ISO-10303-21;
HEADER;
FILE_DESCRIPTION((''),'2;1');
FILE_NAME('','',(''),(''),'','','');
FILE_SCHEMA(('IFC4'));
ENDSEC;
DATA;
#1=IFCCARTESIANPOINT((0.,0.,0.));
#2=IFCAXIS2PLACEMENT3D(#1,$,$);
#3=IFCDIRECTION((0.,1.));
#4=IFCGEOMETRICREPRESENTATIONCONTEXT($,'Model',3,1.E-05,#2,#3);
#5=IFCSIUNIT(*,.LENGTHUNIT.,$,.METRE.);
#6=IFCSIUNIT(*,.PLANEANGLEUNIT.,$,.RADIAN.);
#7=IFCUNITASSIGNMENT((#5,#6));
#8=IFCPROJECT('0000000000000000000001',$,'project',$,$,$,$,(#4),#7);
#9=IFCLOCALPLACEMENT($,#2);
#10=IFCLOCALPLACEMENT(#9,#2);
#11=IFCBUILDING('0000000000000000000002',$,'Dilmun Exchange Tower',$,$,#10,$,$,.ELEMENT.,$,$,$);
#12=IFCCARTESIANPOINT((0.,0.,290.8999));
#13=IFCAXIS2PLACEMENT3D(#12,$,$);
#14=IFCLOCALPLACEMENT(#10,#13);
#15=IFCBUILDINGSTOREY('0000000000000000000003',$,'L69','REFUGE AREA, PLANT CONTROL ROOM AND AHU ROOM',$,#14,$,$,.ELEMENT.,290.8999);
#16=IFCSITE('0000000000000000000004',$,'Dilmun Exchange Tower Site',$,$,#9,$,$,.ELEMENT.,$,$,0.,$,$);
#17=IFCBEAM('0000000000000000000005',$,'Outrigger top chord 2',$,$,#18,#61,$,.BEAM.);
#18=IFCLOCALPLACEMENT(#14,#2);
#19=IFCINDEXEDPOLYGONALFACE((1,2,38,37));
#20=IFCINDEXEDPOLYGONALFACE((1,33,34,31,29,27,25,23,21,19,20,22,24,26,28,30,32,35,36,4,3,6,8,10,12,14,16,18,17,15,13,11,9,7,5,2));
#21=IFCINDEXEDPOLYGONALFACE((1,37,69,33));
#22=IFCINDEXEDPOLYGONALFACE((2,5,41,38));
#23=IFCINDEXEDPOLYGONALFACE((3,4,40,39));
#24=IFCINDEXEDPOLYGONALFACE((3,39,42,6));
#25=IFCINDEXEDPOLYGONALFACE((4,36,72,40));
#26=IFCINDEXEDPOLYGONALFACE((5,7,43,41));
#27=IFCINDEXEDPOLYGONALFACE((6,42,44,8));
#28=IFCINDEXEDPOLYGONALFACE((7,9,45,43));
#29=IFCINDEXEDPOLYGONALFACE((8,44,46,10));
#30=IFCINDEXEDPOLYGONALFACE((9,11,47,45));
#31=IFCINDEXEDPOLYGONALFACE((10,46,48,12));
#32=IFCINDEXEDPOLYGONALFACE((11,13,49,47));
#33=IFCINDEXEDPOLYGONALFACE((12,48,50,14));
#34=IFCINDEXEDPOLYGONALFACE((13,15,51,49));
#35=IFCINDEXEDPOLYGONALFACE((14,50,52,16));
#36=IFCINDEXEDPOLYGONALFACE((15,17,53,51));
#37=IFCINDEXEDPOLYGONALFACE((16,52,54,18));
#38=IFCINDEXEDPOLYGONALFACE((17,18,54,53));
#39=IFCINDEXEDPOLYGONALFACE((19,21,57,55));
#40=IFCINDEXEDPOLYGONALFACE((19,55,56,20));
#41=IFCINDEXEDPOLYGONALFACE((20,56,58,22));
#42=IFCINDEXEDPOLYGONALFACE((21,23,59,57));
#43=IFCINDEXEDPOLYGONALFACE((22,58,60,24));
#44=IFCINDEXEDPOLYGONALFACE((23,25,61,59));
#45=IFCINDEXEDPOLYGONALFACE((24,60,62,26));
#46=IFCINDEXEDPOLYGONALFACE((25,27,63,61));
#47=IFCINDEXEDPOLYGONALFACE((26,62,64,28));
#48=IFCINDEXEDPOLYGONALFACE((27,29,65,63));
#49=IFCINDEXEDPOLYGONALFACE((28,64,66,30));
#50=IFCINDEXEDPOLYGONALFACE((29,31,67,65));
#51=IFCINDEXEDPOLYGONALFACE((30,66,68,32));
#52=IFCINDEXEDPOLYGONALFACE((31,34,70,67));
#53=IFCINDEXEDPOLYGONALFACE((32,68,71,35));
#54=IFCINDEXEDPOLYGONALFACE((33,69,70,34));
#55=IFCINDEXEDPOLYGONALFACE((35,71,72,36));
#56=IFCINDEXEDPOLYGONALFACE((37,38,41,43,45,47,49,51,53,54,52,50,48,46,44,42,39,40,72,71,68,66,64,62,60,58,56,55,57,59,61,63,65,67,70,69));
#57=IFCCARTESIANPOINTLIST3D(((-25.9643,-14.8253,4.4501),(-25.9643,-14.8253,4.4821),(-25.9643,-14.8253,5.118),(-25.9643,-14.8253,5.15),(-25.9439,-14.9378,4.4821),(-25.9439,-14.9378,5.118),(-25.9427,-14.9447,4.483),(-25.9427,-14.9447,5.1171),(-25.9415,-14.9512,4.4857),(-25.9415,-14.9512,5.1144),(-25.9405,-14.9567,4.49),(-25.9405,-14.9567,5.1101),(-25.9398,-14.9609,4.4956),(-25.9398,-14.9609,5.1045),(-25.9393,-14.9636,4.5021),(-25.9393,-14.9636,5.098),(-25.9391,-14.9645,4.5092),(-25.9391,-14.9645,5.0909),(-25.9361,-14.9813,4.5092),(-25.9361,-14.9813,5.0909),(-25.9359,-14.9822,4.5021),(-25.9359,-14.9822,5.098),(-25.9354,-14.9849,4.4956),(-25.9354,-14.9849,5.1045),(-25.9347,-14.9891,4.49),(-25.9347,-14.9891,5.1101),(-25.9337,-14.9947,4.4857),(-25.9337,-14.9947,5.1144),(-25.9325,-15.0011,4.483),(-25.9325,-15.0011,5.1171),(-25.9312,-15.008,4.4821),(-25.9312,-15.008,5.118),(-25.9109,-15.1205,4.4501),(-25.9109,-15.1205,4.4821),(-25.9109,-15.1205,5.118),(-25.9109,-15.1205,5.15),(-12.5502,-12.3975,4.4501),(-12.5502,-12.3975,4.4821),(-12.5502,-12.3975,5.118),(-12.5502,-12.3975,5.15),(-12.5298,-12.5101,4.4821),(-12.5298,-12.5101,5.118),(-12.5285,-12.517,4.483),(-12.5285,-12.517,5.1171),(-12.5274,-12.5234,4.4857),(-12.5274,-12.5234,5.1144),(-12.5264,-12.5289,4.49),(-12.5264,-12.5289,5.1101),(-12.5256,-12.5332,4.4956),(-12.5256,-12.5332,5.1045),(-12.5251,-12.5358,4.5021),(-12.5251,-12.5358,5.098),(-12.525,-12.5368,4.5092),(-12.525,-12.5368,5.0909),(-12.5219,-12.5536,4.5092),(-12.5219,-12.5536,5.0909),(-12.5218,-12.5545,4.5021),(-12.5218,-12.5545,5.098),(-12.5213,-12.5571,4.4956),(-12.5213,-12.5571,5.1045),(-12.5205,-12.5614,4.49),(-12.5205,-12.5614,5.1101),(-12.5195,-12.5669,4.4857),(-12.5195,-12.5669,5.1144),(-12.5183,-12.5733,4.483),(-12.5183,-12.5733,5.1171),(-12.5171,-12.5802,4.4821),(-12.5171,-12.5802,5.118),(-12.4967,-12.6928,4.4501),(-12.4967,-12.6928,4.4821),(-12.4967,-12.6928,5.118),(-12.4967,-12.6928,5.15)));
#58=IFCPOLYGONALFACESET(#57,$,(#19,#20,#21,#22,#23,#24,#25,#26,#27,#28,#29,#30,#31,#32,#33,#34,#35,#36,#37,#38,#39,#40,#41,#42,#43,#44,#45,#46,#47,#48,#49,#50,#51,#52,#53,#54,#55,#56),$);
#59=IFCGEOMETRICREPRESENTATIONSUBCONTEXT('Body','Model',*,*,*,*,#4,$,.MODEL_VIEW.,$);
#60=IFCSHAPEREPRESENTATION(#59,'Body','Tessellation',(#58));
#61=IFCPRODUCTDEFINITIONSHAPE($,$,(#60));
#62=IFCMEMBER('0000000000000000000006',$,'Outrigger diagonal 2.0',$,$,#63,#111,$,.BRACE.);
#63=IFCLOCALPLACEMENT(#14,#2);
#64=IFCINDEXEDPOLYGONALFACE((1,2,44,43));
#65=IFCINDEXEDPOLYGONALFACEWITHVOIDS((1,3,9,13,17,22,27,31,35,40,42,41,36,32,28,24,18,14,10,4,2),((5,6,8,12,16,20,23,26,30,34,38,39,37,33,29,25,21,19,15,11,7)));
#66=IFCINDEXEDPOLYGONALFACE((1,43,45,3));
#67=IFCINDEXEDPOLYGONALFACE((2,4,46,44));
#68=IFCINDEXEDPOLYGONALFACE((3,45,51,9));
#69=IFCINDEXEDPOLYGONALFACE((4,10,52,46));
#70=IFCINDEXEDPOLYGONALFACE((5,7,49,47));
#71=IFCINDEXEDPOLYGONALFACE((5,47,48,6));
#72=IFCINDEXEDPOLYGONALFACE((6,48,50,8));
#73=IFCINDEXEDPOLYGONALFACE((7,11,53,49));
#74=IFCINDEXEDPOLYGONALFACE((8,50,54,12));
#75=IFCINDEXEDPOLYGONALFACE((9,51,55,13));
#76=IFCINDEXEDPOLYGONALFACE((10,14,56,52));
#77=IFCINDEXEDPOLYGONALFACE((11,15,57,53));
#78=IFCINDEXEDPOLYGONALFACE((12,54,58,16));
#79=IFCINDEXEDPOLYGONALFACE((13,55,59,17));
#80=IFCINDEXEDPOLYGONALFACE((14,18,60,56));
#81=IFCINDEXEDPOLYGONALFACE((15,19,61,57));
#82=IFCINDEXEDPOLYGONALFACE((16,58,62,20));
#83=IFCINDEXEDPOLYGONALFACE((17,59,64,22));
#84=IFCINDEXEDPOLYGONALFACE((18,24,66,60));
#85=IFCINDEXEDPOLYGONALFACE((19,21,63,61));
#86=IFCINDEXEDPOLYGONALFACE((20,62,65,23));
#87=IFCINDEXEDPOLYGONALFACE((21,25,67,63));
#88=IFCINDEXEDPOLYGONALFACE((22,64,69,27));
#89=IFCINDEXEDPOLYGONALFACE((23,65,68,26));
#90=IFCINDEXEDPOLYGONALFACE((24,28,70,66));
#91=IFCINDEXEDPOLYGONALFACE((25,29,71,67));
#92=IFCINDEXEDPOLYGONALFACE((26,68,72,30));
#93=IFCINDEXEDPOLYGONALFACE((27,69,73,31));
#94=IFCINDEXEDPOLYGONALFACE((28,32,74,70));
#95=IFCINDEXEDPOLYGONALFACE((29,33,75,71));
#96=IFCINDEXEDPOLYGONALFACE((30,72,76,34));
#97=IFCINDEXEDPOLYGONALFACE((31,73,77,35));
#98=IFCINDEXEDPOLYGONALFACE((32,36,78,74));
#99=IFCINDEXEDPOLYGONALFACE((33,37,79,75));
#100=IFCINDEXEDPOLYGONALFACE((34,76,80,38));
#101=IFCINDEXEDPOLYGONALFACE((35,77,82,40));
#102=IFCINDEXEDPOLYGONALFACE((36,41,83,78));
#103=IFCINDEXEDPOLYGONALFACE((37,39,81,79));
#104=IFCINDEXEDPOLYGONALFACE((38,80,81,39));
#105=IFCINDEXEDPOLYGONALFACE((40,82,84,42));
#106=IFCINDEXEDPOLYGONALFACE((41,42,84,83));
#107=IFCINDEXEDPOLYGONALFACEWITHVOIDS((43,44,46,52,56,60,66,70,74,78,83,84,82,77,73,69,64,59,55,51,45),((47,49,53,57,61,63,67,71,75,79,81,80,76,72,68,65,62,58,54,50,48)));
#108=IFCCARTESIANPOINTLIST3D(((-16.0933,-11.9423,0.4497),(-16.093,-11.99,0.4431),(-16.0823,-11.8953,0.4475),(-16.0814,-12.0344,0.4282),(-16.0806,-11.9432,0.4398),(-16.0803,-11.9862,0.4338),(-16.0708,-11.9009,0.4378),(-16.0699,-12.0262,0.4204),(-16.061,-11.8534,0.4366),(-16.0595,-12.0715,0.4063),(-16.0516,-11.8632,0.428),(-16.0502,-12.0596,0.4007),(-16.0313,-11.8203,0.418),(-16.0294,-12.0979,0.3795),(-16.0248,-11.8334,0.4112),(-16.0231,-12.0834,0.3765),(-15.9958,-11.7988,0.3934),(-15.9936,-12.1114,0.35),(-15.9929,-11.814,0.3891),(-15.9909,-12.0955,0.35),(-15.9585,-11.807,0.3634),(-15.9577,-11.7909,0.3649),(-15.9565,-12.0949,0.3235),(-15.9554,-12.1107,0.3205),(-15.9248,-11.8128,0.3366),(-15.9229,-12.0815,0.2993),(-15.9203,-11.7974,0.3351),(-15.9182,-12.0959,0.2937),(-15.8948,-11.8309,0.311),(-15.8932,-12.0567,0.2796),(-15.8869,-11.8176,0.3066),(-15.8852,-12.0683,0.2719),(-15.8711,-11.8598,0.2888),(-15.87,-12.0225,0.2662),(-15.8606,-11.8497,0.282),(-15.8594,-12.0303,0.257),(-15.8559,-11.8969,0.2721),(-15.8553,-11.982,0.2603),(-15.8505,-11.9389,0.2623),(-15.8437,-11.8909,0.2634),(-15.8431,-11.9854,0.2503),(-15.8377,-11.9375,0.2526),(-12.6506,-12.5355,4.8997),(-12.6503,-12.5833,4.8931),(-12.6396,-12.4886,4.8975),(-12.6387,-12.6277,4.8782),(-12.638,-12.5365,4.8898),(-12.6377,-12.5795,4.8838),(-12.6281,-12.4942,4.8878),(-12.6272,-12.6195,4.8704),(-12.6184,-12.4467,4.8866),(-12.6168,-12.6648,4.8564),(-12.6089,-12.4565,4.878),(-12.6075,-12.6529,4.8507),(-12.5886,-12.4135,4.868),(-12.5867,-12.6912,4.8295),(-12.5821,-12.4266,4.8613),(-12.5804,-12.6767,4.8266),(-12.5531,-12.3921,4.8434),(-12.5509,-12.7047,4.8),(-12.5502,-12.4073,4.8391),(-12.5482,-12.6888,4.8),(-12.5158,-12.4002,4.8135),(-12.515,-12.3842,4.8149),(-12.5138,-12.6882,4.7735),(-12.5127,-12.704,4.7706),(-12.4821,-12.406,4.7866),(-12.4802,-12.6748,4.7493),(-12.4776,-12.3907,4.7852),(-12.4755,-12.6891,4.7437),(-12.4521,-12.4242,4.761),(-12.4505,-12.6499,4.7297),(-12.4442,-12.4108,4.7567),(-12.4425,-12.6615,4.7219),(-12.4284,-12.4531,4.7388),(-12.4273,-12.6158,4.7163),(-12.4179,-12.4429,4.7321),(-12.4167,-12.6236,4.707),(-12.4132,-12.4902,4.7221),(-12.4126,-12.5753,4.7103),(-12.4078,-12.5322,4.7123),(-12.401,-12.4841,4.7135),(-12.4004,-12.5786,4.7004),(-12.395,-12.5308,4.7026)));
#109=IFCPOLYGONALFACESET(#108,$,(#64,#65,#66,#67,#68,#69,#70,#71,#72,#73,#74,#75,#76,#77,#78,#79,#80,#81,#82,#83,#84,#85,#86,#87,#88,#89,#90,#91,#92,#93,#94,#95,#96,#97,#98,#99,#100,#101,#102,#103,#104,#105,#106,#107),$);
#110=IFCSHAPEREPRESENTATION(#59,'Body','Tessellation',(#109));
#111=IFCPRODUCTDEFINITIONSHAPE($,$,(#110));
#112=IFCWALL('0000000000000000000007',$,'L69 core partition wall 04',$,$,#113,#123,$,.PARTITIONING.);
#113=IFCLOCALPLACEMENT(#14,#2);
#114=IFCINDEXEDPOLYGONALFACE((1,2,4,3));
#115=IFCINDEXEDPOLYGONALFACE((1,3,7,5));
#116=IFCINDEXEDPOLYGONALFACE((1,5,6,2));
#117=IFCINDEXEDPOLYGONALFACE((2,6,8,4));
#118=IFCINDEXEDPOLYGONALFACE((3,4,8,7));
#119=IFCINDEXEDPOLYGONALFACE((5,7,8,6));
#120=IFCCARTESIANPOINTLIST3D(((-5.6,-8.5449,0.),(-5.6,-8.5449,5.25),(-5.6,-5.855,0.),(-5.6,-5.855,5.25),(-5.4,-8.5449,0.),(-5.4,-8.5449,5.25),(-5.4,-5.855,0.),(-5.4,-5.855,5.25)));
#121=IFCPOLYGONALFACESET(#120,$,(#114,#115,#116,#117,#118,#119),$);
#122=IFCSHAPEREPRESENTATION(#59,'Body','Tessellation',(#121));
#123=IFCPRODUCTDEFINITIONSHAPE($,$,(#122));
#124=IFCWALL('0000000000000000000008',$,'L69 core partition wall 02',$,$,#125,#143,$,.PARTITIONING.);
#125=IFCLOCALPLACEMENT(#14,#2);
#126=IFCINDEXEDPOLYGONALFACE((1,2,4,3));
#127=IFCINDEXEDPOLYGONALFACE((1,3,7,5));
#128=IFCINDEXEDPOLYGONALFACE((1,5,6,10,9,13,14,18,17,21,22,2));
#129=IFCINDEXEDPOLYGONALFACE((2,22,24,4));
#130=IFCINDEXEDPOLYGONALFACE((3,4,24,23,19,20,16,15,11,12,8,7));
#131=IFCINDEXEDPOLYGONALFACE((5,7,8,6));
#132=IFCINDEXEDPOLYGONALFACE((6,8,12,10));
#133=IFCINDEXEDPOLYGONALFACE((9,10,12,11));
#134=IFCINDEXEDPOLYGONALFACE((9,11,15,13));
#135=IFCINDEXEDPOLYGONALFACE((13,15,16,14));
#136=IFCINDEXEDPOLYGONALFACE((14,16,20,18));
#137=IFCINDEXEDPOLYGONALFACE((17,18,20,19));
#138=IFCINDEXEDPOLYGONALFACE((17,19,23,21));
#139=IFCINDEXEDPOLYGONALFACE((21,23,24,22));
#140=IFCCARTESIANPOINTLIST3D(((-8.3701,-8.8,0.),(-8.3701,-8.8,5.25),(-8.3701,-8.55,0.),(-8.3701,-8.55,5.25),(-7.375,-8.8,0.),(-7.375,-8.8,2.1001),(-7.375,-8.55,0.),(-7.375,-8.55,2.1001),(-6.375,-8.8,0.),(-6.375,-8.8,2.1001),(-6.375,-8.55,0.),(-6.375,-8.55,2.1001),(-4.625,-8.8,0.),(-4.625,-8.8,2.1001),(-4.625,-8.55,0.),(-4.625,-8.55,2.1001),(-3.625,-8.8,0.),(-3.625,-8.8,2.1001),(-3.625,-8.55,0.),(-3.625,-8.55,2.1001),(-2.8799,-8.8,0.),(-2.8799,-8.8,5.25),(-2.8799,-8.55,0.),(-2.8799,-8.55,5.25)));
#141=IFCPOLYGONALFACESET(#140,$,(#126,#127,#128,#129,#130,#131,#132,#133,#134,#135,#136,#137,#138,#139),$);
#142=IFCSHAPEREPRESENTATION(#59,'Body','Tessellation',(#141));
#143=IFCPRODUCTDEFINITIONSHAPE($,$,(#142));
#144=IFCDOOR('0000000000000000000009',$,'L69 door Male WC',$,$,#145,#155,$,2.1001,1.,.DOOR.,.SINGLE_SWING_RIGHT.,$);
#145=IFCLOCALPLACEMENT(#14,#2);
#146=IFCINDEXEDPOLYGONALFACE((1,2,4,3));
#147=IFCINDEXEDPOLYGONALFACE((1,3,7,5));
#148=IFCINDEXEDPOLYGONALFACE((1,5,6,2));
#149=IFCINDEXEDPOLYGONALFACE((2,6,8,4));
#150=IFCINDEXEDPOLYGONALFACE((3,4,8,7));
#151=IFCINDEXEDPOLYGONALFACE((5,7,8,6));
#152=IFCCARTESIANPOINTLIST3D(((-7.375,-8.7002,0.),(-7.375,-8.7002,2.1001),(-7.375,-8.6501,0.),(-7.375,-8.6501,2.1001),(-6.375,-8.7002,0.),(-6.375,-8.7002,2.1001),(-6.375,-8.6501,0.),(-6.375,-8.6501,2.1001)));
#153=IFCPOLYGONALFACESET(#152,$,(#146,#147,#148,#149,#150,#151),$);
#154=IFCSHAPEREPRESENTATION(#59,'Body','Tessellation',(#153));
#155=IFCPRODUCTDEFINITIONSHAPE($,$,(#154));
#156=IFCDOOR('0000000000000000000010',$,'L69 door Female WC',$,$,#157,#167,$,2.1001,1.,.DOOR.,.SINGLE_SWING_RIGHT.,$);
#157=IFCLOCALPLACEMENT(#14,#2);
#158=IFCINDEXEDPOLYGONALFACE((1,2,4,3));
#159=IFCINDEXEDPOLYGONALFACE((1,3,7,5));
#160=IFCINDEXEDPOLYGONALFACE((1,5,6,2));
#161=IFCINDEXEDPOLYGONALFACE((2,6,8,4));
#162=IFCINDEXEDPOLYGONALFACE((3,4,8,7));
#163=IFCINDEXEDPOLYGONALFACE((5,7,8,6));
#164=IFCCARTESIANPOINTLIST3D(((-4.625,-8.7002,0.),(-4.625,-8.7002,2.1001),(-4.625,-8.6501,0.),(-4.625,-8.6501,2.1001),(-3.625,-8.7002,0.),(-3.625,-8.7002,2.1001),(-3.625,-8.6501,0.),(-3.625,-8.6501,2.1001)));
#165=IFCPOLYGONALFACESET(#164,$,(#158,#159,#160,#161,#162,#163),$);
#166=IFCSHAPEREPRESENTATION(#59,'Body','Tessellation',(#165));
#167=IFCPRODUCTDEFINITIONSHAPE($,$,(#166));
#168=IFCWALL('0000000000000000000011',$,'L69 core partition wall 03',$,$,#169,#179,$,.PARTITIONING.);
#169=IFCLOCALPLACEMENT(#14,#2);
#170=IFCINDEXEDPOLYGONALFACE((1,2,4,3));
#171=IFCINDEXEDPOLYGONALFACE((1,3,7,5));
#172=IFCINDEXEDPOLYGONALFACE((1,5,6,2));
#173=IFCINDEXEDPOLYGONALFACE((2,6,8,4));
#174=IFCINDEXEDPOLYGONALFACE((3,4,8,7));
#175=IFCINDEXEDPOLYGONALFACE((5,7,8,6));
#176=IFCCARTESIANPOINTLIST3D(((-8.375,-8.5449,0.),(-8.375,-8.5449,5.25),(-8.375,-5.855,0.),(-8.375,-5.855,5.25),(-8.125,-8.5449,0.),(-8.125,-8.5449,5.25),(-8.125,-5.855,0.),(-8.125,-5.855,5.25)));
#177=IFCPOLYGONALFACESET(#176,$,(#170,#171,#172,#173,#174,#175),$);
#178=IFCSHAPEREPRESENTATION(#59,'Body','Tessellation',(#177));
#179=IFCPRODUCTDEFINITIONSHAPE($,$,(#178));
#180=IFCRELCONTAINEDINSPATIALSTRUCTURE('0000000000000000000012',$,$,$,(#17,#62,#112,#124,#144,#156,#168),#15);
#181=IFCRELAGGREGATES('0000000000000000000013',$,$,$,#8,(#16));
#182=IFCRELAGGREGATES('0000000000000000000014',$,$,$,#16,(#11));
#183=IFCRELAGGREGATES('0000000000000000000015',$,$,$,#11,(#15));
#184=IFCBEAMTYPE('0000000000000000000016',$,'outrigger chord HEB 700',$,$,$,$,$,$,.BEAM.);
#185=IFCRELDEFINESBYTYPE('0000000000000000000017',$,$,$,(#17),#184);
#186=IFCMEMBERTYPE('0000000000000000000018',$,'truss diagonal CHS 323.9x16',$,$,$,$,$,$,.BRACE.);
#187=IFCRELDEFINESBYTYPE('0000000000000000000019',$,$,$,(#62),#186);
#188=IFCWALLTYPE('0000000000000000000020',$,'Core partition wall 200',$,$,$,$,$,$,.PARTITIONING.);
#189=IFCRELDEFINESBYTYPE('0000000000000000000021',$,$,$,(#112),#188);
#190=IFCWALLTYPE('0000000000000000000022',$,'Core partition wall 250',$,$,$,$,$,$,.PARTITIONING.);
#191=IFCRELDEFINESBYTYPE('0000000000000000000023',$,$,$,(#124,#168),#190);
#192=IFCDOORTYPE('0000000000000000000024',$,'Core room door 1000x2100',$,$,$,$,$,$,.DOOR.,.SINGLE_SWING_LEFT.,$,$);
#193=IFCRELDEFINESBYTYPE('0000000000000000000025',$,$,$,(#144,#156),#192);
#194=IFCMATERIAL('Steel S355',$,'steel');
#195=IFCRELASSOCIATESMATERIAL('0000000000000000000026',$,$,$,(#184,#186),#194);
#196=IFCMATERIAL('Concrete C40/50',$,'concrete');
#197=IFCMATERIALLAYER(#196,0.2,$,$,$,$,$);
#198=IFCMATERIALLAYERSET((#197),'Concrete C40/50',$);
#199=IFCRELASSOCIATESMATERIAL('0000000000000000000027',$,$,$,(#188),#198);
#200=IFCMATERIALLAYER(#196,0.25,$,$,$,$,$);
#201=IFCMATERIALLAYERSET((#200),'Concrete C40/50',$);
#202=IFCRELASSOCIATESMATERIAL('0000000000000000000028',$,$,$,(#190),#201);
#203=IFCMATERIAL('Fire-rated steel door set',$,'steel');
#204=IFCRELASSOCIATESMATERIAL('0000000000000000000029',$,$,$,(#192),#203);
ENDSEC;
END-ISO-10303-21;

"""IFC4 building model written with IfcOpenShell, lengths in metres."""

from ifc_helpers import new_model, si_unit, direction, frame, frame_2d, origin, origin_2d, place, context, subcontext, project, spatial, rectangle, hollow_circle, i_section, extrude, material, layer, layer_set, material_profile, profile_set, type_object, element, fill, save


model = new_model("IFC4")

# Units and contexts
model_context = context("Model", 3, precision=1e-05, world=origin(), true_north=direction((0.0, 1.0)))
body_context = subcontext(model_context, "Body", "Model", "MODEL_VIEW")
ifc_project = project(units=[si_unit("LENGTHUNIT", "METRE"), si_unit("PLANEANGLEUNIT", "RADIAN")], contexts=[model_context])

# Site, building, storey
site_placement = place(None, origin())
site = spatial("IfcSite", under=ifc_project, at=site_placement, Name="Dilmun Exchange Tower Site", CompositionType="ELEMENT", RefElevation=0.0)
building_placement = place(site_placement, origin())
building = spatial("IfcBuilding", under=site, at=building_placement, Name="Dilmun Exchange Tower", CompositionType="ELEMENT")
storey_placement = place(building_placement, frame((0.0, 0.0, 290.8999)))
storey = spatial("IfcBuildingStorey", under=building, at=storey_placement, Name="L69", Description="REFUGE AREA, PLANT CONTROL ROOM AND AHU ROOM", CompositionType="ELEMENT", Elevation=290.8999)

# Beam
ifc_material_1 = material(Name="Steel S355", Category="steel")
ifc_material_profile_1 = material_profile(ifc_material_1, i_section(OverallWidth=0.3, OverallDepth=0.7, WebThickness=0.0171, FlangeThickness=0.032, FilletRadius=0.0271, at=origin_2d()), Name="HEB 700")
ifc_profile_set_1 = profile_set([ifc_material_profile_1], Name="Steel S355")
beam_type = type_object("IfcBeamType", Name="outrigger chord HEB 700", PredefinedType="BEAM", material=ifc_profile_set_1)
beam_placement = place(storey_placement, frame((-12.5234, -12.5452, 4.8), z_axis=(-0.984014, -0.178091, 0.0), x_axis=(0.178091, -0.984014, 0.0)))
element("IfcBeam", 1, at=beam_placement, inside=storey, type_object=beam_type, Name="Outrigger top chord 2", PredefinedType="BEAM", context=body_context, shape_type="SweptSolid", body=[
    extrude(i_section(OverallWidth=0.3, OverallDepth=0.7, WebThickness=0.0171, FlangeThickness=0.032, FilletRadius=0.0271, at=origin_2d()), origin(), (0.0, 0.0, 1.0), 13.6321),
])

# Member
ifc_material_profile_2 = material_profile(ifc_material_1, hollow_circle(Radius=0.1619, WallThickness=0.0161, at=origin_2d()), Name="CHS 323.9x16")
ifc_profile_set_2 = profile_set([ifc_material_profile_2], Name="Steel S355")
member_type = type_object("IfcMemberType", Name="truss diagonal CHS 323.9x16", PredefinedType="BRACE", material=ifc_profile_set_2)
member_placement = place(storey_placement, frame((-12.5234, -12.5452, 4.8), z_axis=(-0.608522, 0.104865, -0.786578), x_axis=(-0.169825, -0.985474, 0.0)))
element("IfcMember", 2, at=member_placement, inside=storey, type_object=member_type, Name="Outrigger diagonal 2.0", PredefinedType="BRACE", context=body_context, shape_type="SweptSolid", body=[
    extrude(hollow_circle(Radius=0.1619, WallThickness=0.0161, at=origin_2d()), origin(), (0.0, 0.0, 1.0), 5.6575),
])

# Wall
ifc_material_2 = material(Name="Concrete C40/50", Category="concrete")
ifc_layer_1 = layer(ifc_material_2, 0.2)
ifc_layer_set_1 = layer_set([ifc_layer_1], Name="Concrete C40/50")
wall_type_1 = type_object("IfcWallType", Name="Core partition wall 200", PredefinedType="PARTITIONING", material=ifc_layer_set_1)
wall_1_placement = place(storey_placement, frame((-5.5, -8.5449, 0.0), z_axis=(0.0, 0.0, 1.0), x_axis=(0.0, 1.0, 0.0)))
element("IfcWall", 3, at=wall_1_placement, inside=storey, type_object=wall_type_1, Name="L69 core partition wall 04", PredefinedType="PARTITIONING", context=body_context, shape_type="SweptSolid", body=[
    extrude(rectangle(XDim=2.6899, YDim=0.2, at=frame_2d((1.345, 0.0))), origin(), (0.0, 0.0, 1.0), 5.25),
])

# Wall, openings, doors
ifc_layer_2 = layer(ifc_material_2, 0.25)
ifc_layer_set_2 = layer_set([ifc_layer_2], Name="Concrete C40/50")
wall_type_2 = type_object("IfcWallType", Name="Core partition wall 250", PredefinedType="PARTITIONING", material=ifc_layer_set_2)
wall_2_placement = place(storey_placement, frame((-8.3701, -8.675, 0.0), z_axis=(0.0, 0.0, 1.0), x_axis=(1.0, 0.0, 0.0)))
wall_2 = element("IfcWall", 4, at=wall_2_placement, inside=storey, type_object=wall_type_2, Name="L69 core partition wall 02", PredefinedType="PARTITIONING", context=body_context, shape_type="SweptSolid", body=[
    extrude(rectangle(XDim=5.4902, YDim=0.25, at=frame_2d((2.7451, 0.0))), origin(), (0.0, 0.0, 1.0), 5.25),
])
opening_1_placement = place(wall_2_placement, frame((0.9951, 0.0, 0.0)))
opening_1 = element("IfcOpeningElement", 5, at=opening_1_placement, cuts=wall_2, PredefinedType="OPENING", context=body_context, shape_type="SweptSolid", body=[
    extrude(rectangle(XDim=1.0, YDim=2.1001, at=frame_2d((0.5, 1.05))), frame((0.0, 0.135, 0.0), z_axis=(0.0, -1.0, 0.0), x_axis=(1.0, 0.0, 0.0)), (0.0, 0.0, 1.0), 0.27),
])
opening_2_placement = place(wall_2_placement, frame((3.7451, 0.0, 0.0)))
opening_2 = element("IfcOpeningElement", 6, at=opening_2_placement, cuts=wall_2, PredefinedType="OPENING", context=body_context, shape_type="SweptSolid", body=[
    extrude(rectangle(XDim=1.0, YDim=2.1001, at=frame_2d((0.5, 1.05))), frame((0.0, 0.135, 0.0), z_axis=(0.0, -1.0, 0.0), x_axis=(1.0, 0.0, 0.0)), (0.0, 0.0, 1.0), 0.27),
])
ifc_material_3 = material(Name="Fire-rated steel door set", Category="steel")
door_type_1 = type_object("IfcDoorType", Name="Core room door 1000x2100", OperationType="SINGLE_SWING_LEFT", PredefinedType="DOOR", material=ifc_material_3)
door_1_placement = place(opening_1_placement, origin())
door_1 = element("IfcDoor", 7, at=door_1_placement, inside=storey, type_object=door_type_1, Name="L69 door Male WC", OperationType="SINGLE_SWING_RIGHT", OverallHeight=2.1001, OverallWidth=1.0, PredefinedType="DOOR", context=body_context, shape_type="SweptSolid", body=[
    extrude(rectangle(XDim=1.0, YDim=2.1001, at=frame_2d((0.5, 1.05))), frame((0.0, 0.0249, 0.0), z_axis=(0.0, -1.0, 0.0), x_axis=(1.0, 0.0, 0.0)), (0.0, 0.0, 1.0), 0.05),
])
fill(opening_1, door_1)
door_2_placement = place(opening_2_placement, origin())
door_2 = element("IfcDoor", 8, at=door_2_placement, inside=storey, type_object=door_type_1, Name="L69 door Female WC", OperationType="SINGLE_SWING_RIGHT", OverallHeight=2.1001, OverallWidth=1.0, PredefinedType="DOOR", context=body_context, shape_type="SweptSolid", body=[
    extrude(rectangle(XDim=1.0, YDim=2.1001, at=frame_2d((0.5, 1.05))), frame((0.0, 0.0249, 0.0), z_axis=(0.0, -1.0, 0.0), x_axis=(1.0, 0.0, 0.0)), (0.0, 0.0, 1.0), 0.05),
])
fill(opening_2, door_2)

# Wall
for number, where, z_axis, x_axis, name in (
    (9, (-8.25, -8.5449, 0.0), (0.0, 0.0, 1.0), (0.0, 1.0, 0.0), "L69 core partition wall 03"),
):
    element("IfcWall", number, at=place(storey_placement, frame(where, z_axis=z_axis, x_axis=x_axis)), inside=storey, type_object=wall_type_2, Name=name, PredefinedType="PARTITIONING", context=body_context, shape_type="SweptSolid", body=[
        extrude(rectangle(XDim=2.6899, YDim=0.25, at=frame_2d((1.345, 0.0))), origin(), (0.0, 0.0, 1.0), 5.25),
    ])

save(model, "model.ifc")
